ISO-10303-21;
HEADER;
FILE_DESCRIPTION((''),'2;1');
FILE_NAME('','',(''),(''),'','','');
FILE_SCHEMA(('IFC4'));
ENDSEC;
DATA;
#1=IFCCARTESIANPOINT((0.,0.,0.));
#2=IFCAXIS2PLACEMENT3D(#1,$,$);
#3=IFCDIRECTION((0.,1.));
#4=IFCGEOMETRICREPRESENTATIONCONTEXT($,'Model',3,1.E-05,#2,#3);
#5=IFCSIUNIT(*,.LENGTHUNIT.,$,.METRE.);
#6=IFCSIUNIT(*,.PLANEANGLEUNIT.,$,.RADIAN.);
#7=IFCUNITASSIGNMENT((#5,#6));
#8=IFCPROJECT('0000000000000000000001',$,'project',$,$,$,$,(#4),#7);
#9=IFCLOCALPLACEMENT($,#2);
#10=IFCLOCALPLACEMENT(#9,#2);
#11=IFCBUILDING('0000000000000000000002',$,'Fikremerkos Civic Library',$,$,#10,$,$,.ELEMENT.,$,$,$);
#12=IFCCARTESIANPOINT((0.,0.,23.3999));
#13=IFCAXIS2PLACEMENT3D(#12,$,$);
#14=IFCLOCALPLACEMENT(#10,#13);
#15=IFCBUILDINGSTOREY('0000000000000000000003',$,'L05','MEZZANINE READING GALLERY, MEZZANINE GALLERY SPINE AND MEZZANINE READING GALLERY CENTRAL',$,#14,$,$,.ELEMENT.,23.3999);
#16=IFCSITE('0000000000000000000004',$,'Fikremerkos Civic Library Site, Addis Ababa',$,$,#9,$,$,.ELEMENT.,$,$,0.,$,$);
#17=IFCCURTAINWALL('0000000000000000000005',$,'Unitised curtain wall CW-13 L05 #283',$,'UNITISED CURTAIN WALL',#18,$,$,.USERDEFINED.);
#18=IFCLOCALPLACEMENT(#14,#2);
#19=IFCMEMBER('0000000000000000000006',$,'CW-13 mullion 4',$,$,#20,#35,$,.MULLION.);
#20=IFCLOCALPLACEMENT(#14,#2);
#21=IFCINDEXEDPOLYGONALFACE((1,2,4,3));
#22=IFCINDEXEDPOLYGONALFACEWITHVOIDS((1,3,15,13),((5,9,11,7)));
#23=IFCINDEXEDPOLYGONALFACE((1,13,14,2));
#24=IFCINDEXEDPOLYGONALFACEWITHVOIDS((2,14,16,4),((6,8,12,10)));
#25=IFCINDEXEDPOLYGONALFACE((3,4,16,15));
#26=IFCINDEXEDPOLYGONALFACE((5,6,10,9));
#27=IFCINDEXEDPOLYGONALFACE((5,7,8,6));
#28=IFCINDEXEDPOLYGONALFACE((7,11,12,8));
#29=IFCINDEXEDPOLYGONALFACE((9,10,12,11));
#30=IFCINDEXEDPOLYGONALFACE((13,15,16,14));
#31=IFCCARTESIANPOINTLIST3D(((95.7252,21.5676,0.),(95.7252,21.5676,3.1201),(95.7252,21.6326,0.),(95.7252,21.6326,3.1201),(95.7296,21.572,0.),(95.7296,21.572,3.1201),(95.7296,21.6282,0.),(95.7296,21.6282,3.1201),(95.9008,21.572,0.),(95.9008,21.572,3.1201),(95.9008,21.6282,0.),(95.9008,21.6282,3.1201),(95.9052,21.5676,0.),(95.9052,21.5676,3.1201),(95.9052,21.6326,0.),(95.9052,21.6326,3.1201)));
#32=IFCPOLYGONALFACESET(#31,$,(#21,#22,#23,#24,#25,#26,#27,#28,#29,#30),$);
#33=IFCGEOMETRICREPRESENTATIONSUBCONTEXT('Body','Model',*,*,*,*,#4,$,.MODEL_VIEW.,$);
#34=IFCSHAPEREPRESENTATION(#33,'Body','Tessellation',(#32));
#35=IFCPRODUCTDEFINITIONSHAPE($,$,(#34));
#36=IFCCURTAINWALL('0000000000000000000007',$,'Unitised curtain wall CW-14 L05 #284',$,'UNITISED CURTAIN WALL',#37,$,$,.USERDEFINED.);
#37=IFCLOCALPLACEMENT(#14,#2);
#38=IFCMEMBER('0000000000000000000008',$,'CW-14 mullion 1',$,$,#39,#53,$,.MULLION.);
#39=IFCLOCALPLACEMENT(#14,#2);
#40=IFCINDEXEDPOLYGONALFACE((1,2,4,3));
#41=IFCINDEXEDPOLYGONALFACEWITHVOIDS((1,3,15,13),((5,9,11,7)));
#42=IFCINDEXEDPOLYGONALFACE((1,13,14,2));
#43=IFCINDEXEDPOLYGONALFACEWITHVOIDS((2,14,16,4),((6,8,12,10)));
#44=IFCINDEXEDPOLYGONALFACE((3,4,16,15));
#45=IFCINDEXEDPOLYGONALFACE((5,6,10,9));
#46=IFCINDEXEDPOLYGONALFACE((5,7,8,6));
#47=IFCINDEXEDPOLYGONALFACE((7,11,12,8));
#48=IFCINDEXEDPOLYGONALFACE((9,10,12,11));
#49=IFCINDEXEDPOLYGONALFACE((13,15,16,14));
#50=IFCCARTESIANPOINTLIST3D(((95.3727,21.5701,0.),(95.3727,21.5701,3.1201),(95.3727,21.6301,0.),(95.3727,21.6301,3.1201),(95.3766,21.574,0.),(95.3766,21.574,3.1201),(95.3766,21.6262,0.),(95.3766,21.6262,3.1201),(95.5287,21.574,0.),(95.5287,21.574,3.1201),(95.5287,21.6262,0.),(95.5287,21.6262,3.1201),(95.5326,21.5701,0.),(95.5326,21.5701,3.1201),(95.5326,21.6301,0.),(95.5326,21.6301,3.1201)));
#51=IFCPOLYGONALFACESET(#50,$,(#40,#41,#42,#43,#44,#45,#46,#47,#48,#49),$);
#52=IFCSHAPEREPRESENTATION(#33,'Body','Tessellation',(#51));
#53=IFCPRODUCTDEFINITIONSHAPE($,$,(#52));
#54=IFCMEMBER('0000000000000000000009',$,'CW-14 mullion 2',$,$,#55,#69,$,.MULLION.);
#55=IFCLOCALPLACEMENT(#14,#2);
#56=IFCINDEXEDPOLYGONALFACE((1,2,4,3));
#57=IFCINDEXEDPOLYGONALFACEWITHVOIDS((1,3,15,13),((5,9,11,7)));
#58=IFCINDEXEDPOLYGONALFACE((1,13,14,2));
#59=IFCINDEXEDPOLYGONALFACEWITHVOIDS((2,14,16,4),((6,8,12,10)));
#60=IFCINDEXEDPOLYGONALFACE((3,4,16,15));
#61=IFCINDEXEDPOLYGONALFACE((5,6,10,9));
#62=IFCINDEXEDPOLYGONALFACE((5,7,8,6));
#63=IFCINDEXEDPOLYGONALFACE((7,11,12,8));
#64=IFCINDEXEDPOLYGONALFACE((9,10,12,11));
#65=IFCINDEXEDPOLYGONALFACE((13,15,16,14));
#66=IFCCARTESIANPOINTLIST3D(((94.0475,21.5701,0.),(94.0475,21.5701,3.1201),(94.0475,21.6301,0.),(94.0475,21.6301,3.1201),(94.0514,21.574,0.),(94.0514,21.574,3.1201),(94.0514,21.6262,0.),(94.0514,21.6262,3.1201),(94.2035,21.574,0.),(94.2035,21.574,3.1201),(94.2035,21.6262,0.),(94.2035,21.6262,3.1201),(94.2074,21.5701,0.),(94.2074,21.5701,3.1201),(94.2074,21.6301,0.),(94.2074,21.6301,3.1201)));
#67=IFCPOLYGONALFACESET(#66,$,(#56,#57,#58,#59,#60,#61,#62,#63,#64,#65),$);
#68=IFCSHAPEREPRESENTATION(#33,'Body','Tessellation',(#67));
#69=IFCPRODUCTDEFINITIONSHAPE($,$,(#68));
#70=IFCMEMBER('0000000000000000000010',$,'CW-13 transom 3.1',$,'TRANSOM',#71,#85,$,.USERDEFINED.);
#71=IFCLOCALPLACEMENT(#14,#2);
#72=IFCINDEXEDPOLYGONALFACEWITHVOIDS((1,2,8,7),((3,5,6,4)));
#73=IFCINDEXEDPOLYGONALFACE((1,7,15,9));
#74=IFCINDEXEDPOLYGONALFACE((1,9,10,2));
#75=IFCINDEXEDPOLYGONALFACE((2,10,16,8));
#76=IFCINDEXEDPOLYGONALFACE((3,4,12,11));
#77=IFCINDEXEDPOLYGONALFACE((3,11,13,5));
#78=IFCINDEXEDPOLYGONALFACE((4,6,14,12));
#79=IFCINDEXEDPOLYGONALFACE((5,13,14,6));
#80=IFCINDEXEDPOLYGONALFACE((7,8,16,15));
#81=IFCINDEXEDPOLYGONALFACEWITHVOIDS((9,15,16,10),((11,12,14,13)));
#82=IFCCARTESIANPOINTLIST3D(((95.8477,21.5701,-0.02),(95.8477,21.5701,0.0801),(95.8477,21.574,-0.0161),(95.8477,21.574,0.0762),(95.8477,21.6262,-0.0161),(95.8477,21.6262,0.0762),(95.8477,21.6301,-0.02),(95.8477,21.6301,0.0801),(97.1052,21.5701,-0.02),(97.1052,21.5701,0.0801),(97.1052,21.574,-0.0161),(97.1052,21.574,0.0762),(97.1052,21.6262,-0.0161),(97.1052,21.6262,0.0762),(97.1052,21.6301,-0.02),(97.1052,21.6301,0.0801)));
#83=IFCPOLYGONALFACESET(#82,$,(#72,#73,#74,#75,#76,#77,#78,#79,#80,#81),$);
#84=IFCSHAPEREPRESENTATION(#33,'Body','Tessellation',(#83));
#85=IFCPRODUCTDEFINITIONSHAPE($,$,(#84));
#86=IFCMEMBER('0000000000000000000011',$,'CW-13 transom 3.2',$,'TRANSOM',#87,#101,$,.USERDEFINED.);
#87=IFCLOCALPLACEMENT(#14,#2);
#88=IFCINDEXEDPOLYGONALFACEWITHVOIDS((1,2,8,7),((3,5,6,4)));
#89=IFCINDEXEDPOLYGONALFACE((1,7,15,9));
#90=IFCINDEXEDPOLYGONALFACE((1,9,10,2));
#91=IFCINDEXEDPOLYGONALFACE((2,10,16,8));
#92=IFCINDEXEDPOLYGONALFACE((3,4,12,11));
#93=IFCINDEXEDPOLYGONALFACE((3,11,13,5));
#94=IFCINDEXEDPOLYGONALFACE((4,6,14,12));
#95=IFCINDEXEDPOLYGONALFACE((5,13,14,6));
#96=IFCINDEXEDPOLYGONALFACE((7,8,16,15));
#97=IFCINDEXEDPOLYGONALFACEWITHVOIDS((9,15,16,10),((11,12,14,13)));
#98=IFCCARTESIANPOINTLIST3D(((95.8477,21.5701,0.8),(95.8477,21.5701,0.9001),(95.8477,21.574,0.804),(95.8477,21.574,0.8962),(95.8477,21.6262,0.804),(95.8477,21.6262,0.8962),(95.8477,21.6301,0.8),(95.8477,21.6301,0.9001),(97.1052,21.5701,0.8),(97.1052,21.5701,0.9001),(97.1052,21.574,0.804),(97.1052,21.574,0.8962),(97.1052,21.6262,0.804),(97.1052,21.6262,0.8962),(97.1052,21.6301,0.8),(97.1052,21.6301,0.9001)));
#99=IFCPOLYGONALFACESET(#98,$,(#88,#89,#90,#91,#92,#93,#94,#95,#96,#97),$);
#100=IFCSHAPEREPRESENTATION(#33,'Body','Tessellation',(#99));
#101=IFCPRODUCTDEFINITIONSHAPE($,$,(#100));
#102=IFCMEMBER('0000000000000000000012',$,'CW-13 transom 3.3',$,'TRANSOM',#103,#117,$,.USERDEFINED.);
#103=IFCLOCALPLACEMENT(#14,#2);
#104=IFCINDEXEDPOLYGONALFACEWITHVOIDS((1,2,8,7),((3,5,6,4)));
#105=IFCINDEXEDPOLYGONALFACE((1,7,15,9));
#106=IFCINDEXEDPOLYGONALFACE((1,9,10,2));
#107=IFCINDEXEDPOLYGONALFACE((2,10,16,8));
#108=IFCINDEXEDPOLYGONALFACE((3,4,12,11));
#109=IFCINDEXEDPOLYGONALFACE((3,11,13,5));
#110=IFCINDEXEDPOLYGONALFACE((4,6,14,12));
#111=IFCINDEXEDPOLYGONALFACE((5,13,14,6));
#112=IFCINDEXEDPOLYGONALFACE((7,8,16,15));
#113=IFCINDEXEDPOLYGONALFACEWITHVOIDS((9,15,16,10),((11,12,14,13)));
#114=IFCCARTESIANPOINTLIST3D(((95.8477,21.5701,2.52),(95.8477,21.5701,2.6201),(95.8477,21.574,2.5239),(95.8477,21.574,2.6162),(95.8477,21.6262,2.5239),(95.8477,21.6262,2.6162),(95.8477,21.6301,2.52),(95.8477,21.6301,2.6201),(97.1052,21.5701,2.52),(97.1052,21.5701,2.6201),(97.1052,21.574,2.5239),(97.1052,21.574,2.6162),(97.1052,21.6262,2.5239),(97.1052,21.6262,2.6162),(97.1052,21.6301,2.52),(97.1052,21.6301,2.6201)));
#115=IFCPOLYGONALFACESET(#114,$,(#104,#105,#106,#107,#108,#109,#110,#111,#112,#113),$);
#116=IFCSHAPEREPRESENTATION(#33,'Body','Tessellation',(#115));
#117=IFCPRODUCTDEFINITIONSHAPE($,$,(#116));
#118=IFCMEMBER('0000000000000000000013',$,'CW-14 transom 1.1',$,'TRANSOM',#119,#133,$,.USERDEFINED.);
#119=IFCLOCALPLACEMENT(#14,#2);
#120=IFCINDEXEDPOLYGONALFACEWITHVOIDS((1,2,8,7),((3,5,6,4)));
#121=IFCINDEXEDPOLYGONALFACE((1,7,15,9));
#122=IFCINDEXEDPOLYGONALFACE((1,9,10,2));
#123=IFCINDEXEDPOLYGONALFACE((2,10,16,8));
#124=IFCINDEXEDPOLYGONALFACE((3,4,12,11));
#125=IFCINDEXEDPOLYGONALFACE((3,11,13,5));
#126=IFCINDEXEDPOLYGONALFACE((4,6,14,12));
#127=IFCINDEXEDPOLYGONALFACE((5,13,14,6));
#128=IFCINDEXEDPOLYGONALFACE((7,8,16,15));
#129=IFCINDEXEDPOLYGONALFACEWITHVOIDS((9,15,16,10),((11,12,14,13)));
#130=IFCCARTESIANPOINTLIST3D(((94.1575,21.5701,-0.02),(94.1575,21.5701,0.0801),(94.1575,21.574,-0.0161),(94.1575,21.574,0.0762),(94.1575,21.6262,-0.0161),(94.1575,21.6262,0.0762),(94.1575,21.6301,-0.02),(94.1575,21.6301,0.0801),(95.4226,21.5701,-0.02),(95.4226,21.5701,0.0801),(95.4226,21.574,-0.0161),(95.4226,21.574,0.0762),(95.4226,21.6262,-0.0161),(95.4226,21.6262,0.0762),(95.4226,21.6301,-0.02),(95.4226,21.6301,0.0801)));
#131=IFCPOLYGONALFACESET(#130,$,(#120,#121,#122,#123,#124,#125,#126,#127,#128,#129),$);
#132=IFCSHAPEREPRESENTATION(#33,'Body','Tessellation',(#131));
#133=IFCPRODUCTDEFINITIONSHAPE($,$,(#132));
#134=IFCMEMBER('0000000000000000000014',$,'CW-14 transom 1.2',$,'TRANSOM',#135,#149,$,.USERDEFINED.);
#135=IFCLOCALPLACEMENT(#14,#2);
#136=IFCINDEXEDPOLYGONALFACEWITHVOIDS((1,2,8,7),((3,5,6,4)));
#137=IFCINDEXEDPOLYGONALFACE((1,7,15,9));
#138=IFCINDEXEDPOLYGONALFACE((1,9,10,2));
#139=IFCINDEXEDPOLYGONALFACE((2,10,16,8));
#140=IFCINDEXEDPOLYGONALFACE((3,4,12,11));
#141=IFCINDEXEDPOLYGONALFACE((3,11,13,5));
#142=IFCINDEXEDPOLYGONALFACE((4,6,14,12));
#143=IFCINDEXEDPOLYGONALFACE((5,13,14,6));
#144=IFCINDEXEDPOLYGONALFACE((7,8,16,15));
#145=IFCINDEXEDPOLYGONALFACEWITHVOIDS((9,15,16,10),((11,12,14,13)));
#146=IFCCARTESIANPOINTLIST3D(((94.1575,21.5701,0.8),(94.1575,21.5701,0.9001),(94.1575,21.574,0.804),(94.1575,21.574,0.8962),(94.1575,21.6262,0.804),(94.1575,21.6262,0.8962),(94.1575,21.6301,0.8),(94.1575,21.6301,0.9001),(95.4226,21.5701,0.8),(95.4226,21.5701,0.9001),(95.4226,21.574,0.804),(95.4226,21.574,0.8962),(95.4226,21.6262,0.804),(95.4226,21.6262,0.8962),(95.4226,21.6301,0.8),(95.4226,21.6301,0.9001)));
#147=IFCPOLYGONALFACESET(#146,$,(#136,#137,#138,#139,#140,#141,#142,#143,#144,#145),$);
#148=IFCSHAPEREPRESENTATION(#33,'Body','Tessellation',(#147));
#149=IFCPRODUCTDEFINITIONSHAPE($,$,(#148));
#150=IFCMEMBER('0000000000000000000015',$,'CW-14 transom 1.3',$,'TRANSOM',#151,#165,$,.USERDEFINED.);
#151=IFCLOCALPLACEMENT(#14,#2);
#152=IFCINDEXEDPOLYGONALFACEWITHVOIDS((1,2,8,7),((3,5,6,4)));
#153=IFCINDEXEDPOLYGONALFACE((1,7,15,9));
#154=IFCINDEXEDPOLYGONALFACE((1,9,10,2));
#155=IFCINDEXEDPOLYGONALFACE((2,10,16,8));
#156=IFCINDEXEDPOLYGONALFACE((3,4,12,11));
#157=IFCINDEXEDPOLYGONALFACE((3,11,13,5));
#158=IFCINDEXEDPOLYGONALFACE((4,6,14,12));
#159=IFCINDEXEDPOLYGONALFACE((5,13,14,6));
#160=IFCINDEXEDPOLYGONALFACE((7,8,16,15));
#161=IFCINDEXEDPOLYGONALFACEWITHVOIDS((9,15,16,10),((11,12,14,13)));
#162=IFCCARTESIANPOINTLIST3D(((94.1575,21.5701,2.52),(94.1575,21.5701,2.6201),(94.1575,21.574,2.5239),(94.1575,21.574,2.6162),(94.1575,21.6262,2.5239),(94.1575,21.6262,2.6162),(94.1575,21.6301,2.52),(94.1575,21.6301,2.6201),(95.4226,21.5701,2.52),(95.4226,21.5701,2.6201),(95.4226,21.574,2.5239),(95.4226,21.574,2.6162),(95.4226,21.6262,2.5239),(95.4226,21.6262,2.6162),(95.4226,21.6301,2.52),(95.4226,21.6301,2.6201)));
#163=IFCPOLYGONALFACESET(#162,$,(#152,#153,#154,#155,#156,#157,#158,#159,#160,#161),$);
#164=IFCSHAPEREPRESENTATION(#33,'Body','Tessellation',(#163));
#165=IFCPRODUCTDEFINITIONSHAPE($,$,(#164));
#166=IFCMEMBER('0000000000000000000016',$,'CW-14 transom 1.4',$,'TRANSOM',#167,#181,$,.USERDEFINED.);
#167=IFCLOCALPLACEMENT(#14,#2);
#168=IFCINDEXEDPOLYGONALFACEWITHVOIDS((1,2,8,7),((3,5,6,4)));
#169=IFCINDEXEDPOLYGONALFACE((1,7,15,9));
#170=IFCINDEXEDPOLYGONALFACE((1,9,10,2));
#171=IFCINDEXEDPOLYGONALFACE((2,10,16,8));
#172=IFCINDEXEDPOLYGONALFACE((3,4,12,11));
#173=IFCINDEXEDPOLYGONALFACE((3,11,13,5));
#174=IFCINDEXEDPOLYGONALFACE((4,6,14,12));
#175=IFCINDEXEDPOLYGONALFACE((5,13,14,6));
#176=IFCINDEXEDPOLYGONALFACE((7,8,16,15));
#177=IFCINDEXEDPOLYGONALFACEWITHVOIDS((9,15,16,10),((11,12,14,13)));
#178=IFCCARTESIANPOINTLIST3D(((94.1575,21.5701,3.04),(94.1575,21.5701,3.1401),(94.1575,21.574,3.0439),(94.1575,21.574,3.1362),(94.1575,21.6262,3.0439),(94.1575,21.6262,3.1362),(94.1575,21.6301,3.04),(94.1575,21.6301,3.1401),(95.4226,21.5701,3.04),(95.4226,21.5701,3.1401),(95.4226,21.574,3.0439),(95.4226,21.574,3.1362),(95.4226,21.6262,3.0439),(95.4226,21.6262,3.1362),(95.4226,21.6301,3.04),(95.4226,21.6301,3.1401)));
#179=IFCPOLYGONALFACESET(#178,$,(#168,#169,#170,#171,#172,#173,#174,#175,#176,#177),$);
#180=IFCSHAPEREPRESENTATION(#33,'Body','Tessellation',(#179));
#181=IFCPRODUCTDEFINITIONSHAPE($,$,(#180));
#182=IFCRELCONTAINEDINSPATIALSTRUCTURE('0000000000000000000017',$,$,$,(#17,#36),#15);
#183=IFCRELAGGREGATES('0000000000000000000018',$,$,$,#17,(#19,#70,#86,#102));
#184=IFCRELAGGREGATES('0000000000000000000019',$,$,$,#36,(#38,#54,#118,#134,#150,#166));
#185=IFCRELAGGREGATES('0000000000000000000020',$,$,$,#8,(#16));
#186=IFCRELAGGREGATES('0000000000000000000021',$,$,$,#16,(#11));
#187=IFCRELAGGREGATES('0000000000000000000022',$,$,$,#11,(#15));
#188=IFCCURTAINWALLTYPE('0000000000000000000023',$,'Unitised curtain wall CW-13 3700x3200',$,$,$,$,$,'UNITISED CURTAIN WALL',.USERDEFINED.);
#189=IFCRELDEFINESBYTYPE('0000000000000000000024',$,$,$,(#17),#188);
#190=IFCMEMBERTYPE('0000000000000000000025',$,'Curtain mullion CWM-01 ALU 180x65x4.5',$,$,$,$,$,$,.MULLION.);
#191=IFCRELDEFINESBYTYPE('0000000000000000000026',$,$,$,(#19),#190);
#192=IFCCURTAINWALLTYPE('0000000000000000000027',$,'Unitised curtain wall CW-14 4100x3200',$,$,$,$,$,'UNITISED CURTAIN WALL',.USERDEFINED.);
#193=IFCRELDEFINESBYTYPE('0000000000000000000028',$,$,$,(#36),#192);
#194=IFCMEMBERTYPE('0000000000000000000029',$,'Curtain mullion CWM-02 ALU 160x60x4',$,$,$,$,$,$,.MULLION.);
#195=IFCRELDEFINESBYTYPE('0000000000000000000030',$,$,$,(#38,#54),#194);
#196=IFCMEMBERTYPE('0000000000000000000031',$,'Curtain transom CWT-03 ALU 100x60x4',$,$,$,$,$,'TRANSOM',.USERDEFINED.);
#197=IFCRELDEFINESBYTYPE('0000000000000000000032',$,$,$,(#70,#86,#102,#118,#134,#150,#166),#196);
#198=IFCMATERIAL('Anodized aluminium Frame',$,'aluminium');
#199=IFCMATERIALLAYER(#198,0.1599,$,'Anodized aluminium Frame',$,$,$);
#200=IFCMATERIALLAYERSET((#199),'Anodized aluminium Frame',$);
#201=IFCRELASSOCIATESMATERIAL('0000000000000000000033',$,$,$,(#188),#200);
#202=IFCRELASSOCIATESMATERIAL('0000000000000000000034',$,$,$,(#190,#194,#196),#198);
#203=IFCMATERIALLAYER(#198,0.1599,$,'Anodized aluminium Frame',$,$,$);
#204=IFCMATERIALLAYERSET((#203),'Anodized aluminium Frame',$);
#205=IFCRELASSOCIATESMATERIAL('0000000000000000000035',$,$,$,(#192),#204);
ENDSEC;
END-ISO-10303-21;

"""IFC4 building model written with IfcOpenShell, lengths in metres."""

from ifc_helpers import new_model, si_unit, direction, frame, origin, origin_2d, place, context, subcontext, project, spatial, hollow_rectangle, extrude, material, layer, layer_set, material_profile, profile_set, type_object, element, aggregate, save


model = new_model("IFC4")

# Units and contexts
model_context = context("Model", 3, precision=1e-05, world=origin(), true_north=direction((0.0, 1.0)))
body_context = subcontext(model_context, "Body", "Model", "MODEL_VIEW")
ifc_project = project(units=[si_unit("LENGTHUNIT", "METRE"), si_unit("PLANEANGLEUNIT", "RADIAN")], contexts=[model_context])

# Site, building, storey
site_placement = place(None, origin())
site = spatial("IfcSite", under=ifc_project, at=site_placement, Name="Fikremerkos Civic Library Site, Addis Ababa", CompositionType="ELEMENT", RefElevation=0.0)
building_placement = place(site_placement, origin())
building = spatial("IfcBuilding", under=site, at=building_placement, Name="Fikremerkos Civic Library", CompositionType="ELEMENT")
storey_placement = place(building_placement, frame((0.0, 0.0, 23.3999)))
storey = spatial("IfcBuildingStorey", under=building, at=storey_placement, Name="L05", Description="MEZZANINE READING GALLERY, MEZZANINE GALLERY SPINE AND MEZZANINE READING GALLERY CENTRAL", CompositionType="ELEMENT", Elevation=23.3999)

# Curtain wall, member
ifc_material_1 = material(Name="Anodized aluminium Frame", Category="aluminium")
ifc_layer_1 = layer(ifc_material_1, 0.1599, Name="Anodized aluminium Frame")
ifc_layer_set_1 = layer_set([ifc_layer_1], Name="Anodized aluminium Frame")
curtain_wall_type_1 = type_object("IfcCurtainWallType", Name="Unitised curtain wall CW-13 3700x3200", ElementType="UNITISED CURTAIN WALL", PredefinedType="USERDEFINED", material=ifc_layer_set_1)
curtain_wall_1_placement = place(storey_placement, origin())
curtain_wall_1 = element("IfcCurtainWall", 1, at=curtain_wall_1_placement, inside=storey, type_object=curtain_wall_type_1, Name="Unitised curtain wall CW-13 L05 #283", ObjectType="UNITISED CURTAIN WALL", PredefinedType="USERDEFINED")
ifc_material_profile_1 = material_profile(ifc_material_1, hollow_rectangle(XDim=0.0649, YDim=0.1799, WallThickness=0.0044, at=origin_2d()), Name="ALU 180x65x4.5")
ifc_profile_set_1 = profile_set([ifc_material_profile_1], Name="Anodized aluminium Frame")
member_type_1 = type_object("IfcMemberType", Name="Curtain mullion CWM-01 ALU 180x65x4.5", PredefinedType="MULLION", material=ifc_profile_set_1)
member_1_placement = place(storey_placement, frame((95.8152, 21.6001, 0.0), z_axis=(0.0, 0.0, 1.0), x_axis=(0.0, -1.0, 0.0)))
member_1 = element("IfcMember", 2, at=member_1_placement, type_object=member_type_1, Name="CW-13 mullion 4", PredefinedType="MULLION", context=body_context, shape_type="SweptSolid", body=[
    extrude(hollow_rectangle(XDim=0.0649, YDim=0.1799, WallThickness=0.0044, at=origin_2d()), origin(), (0.0, 0.0, 1.0), 3.1201),
])

# Curtain wall, members
ifc_layer_2 = layer(ifc_material_1, 0.1599, Name="Anodized aluminium Frame")
ifc_layer_set_2 = layer_set([ifc_layer_2], Name="Anodized aluminium Frame")
curtain_wall_type_2 = type_object("IfcCurtainWallType", Name="Unitised curtain wall CW-14 4100x3200", ElementType="UNITISED CURTAIN WALL", PredefinedType="USERDEFINED", material=ifc_layer_set_2)
curtain_wall_2_placement = place(storey_placement, origin())
curtain_wall_2 = element("IfcCurtainWall", 3, at=curtain_wall_2_placement, inside=storey, type_object=curtain_wall_type_2, Name="Unitised curtain wall CW-14 L05 #284", ObjectType="UNITISED CURTAIN WALL", PredefinedType="USERDEFINED")
ifc_material_profile_2 = material_profile(ifc_material_1, hollow_rectangle(XDim=0.0601, YDim=0.1599, WallThickness=0.0039, at=origin_2d()), Name="ALU 160x60x4")
ifc_profile_set_2 = profile_set([ifc_material_profile_2], Name="Anodized aluminium Frame")
member_type_2 = type_object("IfcMemberType", Name="Curtain mullion CWM-02 ALU 160x60x4", PredefinedType="MULLION", material=ifc_profile_set_2)
member_2_placement = place(storey_placement, frame((95.4526, 21.6001, 0.0), z_axis=(0.0, 0.0, 1.0), x_axis=(0.0, -1.0, 0.0)))
member_2 = element("IfcMember", 4, at=member_2_placement, type_object=member_type_2, Name="CW-14 mullion 1", PredefinedType="MULLION", context=body_context, shape_type="SweptSolid", body=[
    extrude(hollow_rectangle(XDim=0.0601, YDim=0.1599, WallThickness=0.0039, at=origin_2d()), origin(), (0.0, 0.0, 1.0), 3.1201),
])
member_3_placement = place(storey_placement, frame((94.1274, 21.6001, 0.0), z_axis=(0.0, 0.0, 1.0), x_axis=(0.0, -1.0, 0.0)))
member_3 = element("IfcMember", 5, at=member_3_placement, type_object=member_type_2, Name="CW-14 mullion 2", PredefinedType="MULLION", context=body_context, shape_type="SweptSolid", body=[
    extrude(hollow_rectangle(XDim=0.0601, YDim=0.1599, WallThickness=0.0039, at=origin_2d()), origin(), (0.0, 0.0, 1.0), 3.1201),
])

# Members
ifc_material_profile_3 = material_profile(ifc_material_1, hollow_rectangle(XDim=0.0601, YDim=0.1001, WallThickness=0.0039, at=origin_2d()), Name="ALU 100x60x4")
ifc_profile_set_3 = profile_set([ifc_material_profile_3], Name="Anodized aluminium Frame")
member_type_3 = type_object("IfcMemberType", Name="Curtain transom CWT-03 ALU 100x60x4", ElementType="TRANSOM", PredefinedType="USERDEFINED", material=ifc_profile_set_3)
member_4_placement = place(storey_placement, frame((97.1052, 21.6001, 0.03), z_axis=(-1.0, 0.0, 0.0), x_axis=(0.0, -1.0, 0.0)))
member_4 = element("IfcMember", 6, at=member_4_placement, type_object=member_type_3, Name="CW-13 transom 3.1", ObjectType="TRANSOM", PredefinedType="USERDEFINED", context=body_context, shape_type="SweptSolid", body=[
    extrude(hollow_rectangle(XDim=0.0601, YDim=0.1001, WallThickness=0.0039, at=origin_2d()), origin(), (0.0, 0.0, 1.0), 1.2576),
])
member_5_placement = place(storey_placement, frame((97.1052, 21.6001, 0.8501), z_axis=(-1.0, 0.0, 0.0), x_axis=(0.0, -1.0, 0.0)))
member_5 = element("IfcMember", 7, at=member_5_placement, type_object=member_type_3, Name="CW-13 transom 3.2", ObjectType="TRANSOM", PredefinedType="USERDEFINED", context=body_context, shape_type="SweptSolid", body=[
    extrude(hollow_rectangle(XDim=0.0601, YDim=0.1001, WallThickness=0.0039, at=origin_2d()), origin(), (0.0, 0.0, 1.0), 1.2576),
])
member_6_placement = place(storey_placement, frame((97.1052, 21.6001, 2.5701), z_axis=(-1.0, 0.0, 0.0), x_axis=(0.0, -1.0, 0.0)))
member_6 = element("IfcMember", 8, at=member_6_placement, type_object=member_type_3, Name="CW-13 transom 3.3", ObjectType="TRANSOM", PredefinedType="USERDEFINED", context=body_context, shape_type="SweptSolid", body=[
    extrude(hollow_rectangle(XDim=0.0601, YDim=0.1001, WallThickness=0.0039, at=origin_2d()), origin(), (0.0, 0.0, 1.0), 1.2576),
])
member_7_placement = place(storey_placement, frame((95.4226, 21.6001, 0.03), z_axis=(-1.0, 0.0, 0.0), x_axis=(0.0, -1.0, 0.0)))
member_7 = element("IfcMember", 9, at=member_7_placement, type_object=member_type_3, Name="CW-14 transom 1.1", ObjectType="TRANSOM", PredefinedType="USERDEFINED", context=body_context, shape_type="SweptSolid", body=[
    extrude(hollow_rectangle(XDim=0.0601, YDim=0.1001, WallThickness=0.0039, at=origin_2d()), origin(), (0.0, 0.0, 1.0), 1.2651),
])
member_8_placement = place(storey_placement, frame((95.4226, 21.6001, 0.8501), z_axis=(-1.0, 0.0, 0.0), x_axis=(0.0, -1.0, 0.0)))
member_8 = element("IfcMember", 10, at=member_8_placement, type_object=member_type_3, Name="CW-14 transom 1.2", ObjectType="TRANSOM", PredefinedType="USERDEFINED", context=body_context, shape_type="SweptSolid", body=[
    extrude(hollow_rectangle(XDim=0.0601, YDim=0.1001, WallThickness=0.0039, at=origin_2d()), origin(), (0.0, 0.0, 1.0), 1.2651),
])
member_9_placement = place(storey_placement, frame((95.4226, 21.6001, 2.5701), z_axis=(-1.0, 0.0, 0.0), x_axis=(0.0, -1.0, 0.0)))
member_9 = element("IfcMember", 11, at=member_9_placement, type_object=member_type_3, Name="CW-14 transom 1.3", ObjectType="TRANSOM", PredefinedType="USERDEFINED", context=body_context, shape_type="SweptSolid", body=[
    extrude(hollow_rectangle(XDim=0.0601, YDim=0.1001, WallThickness=0.0039, at=origin_2d()), origin(), (0.0, 0.0, 1.0), 1.2651),
])
member_10_placement = place(storey_placement, frame((95.4226, 21.6001, 3.0901), z_axis=(-1.0, 0.0, 0.0), x_axis=(0.0, -1.0, 0.0)))
member_10 = element("IfcMember", 12, at=member_10_placement, type_object=member_type_3, Name="CW-14 transom 1.4", ObjectType="TRANSOM", PredefinedType="USERDEFINED", context=body_context, shape_type="SweptSolid", body=[
    extrude(hollow_rectangle(XDim=0.0601, YDim=0.1001, WallThickness=0.0039, at=origin_2d()), origin(), (0.0, 0.0, 1.0), 1.2651),
])

aggregate(curtain_wall_1, [member_1, member_4, member_5, member_6])
aggregate(curtain_wall_2, [member_2, member_3, member_7, member_8, member_9, member_10])

save(model, "model.ifc")
